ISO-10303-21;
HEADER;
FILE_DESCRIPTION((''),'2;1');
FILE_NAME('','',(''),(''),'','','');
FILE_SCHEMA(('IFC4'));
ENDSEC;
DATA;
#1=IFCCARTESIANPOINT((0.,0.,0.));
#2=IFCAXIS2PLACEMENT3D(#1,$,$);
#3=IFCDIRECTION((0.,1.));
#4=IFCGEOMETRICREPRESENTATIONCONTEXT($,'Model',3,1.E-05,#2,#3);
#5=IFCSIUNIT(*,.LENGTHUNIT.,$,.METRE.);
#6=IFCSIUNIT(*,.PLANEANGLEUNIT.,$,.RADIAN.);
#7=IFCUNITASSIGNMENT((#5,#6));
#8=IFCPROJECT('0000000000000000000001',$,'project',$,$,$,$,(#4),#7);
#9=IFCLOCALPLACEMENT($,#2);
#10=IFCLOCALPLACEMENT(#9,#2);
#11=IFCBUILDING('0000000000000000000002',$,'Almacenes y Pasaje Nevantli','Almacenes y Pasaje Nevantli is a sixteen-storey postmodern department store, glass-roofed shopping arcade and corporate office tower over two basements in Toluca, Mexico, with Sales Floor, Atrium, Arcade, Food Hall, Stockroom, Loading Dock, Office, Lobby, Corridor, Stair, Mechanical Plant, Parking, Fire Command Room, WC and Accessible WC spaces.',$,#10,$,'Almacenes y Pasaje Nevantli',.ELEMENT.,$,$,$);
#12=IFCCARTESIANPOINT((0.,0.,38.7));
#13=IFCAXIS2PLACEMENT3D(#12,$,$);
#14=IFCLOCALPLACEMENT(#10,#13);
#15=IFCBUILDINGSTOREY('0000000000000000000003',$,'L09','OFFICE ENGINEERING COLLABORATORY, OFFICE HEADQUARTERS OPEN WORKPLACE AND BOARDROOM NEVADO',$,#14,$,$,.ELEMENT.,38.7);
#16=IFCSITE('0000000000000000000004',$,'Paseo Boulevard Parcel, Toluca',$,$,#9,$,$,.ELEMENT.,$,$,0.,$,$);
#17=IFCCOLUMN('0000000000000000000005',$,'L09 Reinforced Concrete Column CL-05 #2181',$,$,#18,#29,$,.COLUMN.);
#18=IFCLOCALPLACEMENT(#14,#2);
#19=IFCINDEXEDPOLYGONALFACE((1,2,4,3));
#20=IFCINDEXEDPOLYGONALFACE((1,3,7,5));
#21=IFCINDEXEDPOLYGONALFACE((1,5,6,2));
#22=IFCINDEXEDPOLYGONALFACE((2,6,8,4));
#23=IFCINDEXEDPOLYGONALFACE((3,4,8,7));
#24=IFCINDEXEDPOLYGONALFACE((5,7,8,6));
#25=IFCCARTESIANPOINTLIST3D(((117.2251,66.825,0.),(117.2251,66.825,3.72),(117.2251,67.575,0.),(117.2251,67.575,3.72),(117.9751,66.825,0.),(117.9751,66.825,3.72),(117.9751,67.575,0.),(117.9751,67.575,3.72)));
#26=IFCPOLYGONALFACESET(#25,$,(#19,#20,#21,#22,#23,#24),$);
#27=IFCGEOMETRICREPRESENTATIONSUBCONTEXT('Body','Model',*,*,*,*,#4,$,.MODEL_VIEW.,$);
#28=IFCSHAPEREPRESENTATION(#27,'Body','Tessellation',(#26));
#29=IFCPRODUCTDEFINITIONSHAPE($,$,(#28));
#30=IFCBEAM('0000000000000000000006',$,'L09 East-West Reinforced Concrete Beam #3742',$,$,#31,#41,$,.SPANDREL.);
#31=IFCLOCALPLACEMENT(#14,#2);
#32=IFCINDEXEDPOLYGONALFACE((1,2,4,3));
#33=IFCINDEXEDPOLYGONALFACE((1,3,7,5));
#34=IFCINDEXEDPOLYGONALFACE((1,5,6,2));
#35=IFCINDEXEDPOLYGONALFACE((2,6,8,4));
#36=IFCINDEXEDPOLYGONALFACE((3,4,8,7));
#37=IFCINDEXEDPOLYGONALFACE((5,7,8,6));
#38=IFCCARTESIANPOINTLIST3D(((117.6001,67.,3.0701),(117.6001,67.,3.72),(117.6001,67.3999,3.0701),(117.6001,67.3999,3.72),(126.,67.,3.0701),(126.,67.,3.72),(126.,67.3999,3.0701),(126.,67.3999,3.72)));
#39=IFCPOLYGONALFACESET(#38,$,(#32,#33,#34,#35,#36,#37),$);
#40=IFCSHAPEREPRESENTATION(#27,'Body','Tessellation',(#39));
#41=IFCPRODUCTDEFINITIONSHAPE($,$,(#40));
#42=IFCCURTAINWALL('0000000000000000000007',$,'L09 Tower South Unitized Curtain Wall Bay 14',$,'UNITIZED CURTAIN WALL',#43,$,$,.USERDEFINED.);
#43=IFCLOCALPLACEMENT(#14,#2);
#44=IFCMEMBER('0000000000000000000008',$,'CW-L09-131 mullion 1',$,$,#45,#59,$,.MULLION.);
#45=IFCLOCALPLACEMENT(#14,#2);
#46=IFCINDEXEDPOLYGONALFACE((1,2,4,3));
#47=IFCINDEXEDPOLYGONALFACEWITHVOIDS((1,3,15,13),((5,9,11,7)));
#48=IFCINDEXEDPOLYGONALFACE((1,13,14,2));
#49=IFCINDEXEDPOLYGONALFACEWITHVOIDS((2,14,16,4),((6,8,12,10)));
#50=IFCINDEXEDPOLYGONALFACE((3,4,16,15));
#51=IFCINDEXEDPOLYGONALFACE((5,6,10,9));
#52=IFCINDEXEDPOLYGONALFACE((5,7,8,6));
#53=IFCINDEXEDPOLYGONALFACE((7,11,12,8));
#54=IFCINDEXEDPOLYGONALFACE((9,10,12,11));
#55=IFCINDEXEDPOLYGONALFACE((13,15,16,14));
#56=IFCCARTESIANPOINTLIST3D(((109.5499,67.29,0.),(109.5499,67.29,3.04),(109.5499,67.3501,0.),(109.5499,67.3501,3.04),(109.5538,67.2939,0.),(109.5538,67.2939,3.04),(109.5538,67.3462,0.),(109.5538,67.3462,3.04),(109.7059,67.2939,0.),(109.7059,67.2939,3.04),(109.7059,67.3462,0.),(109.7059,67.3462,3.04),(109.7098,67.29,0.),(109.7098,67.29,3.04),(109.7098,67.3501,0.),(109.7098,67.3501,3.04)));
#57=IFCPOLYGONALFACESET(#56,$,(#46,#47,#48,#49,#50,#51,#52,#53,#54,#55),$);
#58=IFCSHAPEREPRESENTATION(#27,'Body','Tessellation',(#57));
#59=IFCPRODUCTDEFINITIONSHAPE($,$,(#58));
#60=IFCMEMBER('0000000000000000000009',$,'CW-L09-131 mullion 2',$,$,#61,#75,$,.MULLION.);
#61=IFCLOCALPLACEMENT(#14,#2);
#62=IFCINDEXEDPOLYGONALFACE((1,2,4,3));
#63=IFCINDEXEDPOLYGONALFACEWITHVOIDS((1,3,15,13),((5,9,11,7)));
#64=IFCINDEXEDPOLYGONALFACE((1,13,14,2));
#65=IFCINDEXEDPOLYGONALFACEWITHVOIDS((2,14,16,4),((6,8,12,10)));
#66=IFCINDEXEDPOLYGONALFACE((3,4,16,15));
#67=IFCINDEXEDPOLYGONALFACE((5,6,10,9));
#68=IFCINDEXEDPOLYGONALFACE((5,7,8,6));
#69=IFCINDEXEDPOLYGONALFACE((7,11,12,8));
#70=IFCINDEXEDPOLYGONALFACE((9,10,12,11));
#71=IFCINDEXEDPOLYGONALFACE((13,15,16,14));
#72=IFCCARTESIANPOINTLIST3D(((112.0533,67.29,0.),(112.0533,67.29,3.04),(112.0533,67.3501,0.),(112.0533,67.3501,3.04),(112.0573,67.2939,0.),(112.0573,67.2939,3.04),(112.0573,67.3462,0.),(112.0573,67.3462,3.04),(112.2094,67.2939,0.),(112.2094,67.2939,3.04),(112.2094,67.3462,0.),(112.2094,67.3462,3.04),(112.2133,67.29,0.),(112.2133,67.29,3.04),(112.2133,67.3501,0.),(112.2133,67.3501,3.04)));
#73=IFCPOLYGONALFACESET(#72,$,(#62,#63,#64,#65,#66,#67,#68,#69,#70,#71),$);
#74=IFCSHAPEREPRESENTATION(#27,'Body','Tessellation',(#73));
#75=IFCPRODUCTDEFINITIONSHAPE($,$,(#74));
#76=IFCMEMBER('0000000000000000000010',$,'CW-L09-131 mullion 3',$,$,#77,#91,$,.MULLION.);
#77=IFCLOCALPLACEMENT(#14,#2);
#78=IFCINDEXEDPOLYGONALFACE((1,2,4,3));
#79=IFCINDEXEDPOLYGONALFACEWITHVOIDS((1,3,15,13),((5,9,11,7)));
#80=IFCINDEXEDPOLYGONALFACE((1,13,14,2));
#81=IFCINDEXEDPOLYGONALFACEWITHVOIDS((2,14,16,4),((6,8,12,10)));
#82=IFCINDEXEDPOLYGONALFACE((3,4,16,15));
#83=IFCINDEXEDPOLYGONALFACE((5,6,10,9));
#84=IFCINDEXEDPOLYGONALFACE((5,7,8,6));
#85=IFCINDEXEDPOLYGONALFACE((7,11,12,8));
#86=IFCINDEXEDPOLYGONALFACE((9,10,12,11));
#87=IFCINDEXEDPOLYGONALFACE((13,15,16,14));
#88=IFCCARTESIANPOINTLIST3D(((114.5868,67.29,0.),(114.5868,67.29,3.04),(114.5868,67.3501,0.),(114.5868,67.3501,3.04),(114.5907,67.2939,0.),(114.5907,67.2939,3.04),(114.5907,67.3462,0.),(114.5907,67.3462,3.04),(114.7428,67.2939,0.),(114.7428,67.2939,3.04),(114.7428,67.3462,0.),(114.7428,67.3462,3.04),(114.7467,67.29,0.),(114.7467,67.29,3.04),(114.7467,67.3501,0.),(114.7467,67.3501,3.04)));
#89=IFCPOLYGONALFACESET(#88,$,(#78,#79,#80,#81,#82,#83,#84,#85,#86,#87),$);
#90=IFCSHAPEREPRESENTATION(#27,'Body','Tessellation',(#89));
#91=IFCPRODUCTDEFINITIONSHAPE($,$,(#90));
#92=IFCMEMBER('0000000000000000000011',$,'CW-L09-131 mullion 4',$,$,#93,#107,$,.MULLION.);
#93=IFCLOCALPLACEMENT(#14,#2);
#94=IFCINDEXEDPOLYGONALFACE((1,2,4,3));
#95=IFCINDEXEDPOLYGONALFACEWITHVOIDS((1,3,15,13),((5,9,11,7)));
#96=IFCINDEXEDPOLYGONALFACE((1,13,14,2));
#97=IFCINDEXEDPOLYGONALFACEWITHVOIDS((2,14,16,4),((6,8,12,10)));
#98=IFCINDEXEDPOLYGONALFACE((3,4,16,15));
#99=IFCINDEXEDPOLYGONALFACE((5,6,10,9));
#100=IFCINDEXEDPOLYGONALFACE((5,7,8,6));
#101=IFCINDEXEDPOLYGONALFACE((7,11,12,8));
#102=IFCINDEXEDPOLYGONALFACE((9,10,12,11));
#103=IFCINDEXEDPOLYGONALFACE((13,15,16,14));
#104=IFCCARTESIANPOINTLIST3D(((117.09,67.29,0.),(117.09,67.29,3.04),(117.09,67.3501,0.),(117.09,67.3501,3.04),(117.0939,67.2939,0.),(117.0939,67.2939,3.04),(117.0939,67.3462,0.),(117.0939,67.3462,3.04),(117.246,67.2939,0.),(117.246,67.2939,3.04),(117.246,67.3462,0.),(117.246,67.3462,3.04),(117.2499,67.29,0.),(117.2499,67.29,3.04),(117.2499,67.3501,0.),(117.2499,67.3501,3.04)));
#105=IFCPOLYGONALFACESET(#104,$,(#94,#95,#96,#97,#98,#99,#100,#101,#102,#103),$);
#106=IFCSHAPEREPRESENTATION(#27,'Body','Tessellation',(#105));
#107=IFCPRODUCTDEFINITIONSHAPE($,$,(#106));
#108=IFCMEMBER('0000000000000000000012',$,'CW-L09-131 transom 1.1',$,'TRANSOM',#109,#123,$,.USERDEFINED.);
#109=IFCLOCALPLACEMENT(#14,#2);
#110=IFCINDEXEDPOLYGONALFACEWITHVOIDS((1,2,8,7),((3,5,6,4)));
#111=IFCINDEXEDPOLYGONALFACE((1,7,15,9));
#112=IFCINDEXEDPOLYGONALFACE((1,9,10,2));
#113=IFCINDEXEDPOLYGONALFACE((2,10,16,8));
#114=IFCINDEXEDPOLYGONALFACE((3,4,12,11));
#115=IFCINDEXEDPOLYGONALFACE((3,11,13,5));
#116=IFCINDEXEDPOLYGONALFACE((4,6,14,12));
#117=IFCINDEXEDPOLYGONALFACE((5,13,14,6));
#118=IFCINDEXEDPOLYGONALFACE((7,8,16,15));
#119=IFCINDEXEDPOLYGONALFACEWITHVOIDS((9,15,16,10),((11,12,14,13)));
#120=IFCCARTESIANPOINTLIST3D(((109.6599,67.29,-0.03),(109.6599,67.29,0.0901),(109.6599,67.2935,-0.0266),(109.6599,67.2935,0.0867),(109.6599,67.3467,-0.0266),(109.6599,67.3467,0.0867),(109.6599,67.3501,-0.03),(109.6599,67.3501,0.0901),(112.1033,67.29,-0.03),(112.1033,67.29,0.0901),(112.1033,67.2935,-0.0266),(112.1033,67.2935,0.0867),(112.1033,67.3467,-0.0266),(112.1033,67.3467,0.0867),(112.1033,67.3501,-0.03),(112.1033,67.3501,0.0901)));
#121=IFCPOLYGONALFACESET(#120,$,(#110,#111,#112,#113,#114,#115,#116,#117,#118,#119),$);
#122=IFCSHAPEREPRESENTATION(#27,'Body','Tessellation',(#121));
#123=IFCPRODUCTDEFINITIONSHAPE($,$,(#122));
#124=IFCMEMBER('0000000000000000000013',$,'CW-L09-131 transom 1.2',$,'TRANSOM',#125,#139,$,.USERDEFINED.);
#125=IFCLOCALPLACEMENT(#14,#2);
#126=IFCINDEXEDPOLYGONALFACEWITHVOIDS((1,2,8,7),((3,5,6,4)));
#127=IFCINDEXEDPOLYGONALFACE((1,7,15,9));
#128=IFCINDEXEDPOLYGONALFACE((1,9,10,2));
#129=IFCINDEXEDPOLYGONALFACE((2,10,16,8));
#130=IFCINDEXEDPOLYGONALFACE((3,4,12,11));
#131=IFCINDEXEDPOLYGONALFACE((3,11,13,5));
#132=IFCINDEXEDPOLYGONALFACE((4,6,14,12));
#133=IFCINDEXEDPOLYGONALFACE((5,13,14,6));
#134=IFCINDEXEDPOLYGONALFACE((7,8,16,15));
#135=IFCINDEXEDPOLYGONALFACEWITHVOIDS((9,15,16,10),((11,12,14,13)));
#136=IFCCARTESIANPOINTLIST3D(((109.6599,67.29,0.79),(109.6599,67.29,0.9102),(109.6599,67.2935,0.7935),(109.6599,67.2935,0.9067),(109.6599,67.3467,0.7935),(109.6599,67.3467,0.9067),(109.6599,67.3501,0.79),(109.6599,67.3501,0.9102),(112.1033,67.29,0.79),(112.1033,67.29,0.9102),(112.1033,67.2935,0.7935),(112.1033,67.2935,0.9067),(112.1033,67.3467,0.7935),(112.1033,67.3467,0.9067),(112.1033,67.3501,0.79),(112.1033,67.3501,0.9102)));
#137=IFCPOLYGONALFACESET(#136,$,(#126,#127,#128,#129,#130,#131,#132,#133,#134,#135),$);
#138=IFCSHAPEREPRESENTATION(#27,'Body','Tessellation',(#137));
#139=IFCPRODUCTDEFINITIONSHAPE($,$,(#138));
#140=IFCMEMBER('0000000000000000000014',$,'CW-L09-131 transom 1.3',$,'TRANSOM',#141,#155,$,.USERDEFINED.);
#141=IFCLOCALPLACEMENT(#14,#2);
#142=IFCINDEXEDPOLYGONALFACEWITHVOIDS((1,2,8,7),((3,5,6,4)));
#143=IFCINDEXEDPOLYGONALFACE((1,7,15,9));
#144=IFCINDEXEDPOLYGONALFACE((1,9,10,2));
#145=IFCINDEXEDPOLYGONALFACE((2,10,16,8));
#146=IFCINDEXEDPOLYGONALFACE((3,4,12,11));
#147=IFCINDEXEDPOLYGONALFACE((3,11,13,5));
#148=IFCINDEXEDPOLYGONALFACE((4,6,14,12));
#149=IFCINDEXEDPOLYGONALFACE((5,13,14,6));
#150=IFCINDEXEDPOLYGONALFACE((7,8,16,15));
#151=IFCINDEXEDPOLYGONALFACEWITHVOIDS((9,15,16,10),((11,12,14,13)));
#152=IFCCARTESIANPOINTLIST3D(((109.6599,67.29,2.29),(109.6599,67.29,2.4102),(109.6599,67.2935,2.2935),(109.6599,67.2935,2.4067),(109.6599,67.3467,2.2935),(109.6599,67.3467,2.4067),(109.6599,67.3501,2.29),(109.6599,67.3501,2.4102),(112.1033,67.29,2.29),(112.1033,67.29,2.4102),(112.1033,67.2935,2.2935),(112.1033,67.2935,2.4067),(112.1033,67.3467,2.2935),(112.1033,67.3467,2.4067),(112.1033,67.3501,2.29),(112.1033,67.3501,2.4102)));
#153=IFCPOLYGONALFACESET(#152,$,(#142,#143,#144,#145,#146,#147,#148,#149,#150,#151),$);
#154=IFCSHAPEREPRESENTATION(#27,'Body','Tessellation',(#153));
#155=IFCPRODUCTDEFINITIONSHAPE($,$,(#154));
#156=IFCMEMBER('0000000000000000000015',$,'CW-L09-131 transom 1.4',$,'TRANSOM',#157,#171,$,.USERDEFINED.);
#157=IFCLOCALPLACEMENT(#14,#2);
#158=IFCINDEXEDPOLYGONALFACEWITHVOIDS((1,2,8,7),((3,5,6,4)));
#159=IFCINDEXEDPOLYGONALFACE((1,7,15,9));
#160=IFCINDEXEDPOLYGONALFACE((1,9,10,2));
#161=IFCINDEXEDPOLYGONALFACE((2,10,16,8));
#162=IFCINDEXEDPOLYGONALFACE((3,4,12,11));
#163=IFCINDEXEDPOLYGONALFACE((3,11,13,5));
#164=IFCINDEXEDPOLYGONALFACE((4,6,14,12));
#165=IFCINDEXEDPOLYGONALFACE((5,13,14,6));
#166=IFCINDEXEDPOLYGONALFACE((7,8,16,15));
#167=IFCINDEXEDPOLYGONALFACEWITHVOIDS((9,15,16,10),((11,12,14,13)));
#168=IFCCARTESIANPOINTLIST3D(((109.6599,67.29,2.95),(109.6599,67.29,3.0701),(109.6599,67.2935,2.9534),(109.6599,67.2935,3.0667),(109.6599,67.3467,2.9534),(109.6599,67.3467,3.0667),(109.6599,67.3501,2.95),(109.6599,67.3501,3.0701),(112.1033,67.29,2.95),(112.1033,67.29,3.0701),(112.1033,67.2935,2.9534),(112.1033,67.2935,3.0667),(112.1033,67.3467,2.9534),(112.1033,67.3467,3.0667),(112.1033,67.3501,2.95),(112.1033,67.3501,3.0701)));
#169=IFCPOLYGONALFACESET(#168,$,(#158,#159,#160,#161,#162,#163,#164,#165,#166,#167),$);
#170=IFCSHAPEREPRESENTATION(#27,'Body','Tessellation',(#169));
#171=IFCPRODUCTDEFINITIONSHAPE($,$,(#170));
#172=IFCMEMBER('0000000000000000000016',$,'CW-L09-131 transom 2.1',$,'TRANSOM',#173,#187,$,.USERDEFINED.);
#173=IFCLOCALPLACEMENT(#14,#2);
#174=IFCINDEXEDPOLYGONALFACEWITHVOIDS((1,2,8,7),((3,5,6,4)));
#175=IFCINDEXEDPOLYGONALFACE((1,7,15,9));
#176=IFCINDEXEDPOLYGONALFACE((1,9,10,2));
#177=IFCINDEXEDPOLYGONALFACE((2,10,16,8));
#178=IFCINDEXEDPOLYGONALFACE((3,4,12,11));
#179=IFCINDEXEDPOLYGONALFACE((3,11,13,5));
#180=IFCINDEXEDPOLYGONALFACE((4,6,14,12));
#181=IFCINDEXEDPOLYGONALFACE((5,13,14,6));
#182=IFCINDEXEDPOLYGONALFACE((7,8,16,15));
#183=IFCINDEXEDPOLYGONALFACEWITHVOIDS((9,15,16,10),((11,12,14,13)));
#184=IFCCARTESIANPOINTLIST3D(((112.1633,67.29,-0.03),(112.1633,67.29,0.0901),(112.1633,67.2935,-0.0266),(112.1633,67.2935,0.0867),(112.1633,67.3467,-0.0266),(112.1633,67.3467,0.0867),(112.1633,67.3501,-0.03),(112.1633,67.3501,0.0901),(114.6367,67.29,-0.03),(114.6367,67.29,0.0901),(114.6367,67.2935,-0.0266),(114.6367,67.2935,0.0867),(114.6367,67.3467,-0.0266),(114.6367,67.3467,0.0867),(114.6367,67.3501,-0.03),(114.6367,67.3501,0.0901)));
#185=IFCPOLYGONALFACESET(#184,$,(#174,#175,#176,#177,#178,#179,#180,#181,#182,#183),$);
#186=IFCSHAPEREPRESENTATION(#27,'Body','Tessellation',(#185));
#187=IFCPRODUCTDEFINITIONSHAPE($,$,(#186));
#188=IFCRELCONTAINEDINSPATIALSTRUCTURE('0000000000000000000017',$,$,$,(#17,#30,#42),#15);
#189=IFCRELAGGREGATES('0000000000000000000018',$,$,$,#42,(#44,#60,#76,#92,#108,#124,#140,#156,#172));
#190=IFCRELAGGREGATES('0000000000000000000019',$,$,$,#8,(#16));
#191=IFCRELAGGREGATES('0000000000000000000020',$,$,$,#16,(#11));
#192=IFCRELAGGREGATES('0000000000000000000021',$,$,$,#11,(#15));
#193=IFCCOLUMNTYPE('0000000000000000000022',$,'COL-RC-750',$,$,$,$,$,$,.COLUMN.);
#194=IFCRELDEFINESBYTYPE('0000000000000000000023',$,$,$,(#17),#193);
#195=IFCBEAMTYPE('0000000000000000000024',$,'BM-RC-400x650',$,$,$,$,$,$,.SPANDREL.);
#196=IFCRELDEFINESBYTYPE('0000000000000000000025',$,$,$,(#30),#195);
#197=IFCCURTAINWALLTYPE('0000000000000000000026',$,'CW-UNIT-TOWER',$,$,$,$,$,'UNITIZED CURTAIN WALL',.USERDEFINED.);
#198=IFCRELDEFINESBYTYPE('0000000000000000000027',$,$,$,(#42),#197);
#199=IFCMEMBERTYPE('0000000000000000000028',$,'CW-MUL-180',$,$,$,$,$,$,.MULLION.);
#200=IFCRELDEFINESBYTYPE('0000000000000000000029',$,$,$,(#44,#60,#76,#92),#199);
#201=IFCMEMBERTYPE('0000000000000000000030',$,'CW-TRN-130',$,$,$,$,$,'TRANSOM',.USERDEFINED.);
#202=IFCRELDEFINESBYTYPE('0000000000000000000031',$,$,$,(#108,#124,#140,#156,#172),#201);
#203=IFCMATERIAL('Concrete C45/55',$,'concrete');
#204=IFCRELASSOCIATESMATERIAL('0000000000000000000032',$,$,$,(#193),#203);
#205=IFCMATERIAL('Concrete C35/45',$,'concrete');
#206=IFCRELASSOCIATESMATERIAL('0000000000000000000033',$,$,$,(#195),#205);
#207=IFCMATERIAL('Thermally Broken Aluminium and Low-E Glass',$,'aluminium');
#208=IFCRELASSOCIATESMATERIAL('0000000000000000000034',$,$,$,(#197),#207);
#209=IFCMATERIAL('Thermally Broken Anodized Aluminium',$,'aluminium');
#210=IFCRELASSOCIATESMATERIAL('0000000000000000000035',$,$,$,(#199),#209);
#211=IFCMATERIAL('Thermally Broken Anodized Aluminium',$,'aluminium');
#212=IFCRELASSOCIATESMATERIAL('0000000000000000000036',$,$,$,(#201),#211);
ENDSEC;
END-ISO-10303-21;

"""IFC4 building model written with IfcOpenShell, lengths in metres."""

from ifc_helpers import new_model, si_unit, direction, frame, origin, origin_2d, place, context, subcontext, project, spatial, rectangle, hollow_rectangle, extrude, material, material_profile, profile_set, type_object, element, aggregate, save


model = new_model("IFC4")

# Units and contexts
model_context = context("Model", 3, precision=1e-05, world=origin(), true_north=direction((0.0, 1.0)))
body_context = subcontext(model_context, "Body", "Model", "MODEL_VIEW")
ifc_project = project(units=[si_unit("LENGTHUNIT", "METRE"), si_unit("PLANEANGLEUNIT", "RADIAN")], contexts=[model_context])

# Site, building, storey
site_placement = place(None, origin())
site = spatial("IfcSite", under=ifc_project, at=site_placement, Name="Paseo Boulevard Parcel, Toluca", CompositionType="ELEMENT", RefElevation=0.0)
building_placement = place(site_placement, origin())
building = spatial("IfcBuilding", under=site, at=building_placement, Name="Almacenes y Pasaje Nevantli", Description="Almacenes y Pasaje Nevantli is a sixteen-storey postmodern department store, glass-roofed shopping arcade and corporate office tower over two basements in Toluca, Mexico, with Sales Floor, Atrium, Arcade, Food Hall, Stockroom, Loading Dock, Office, Lobby, Corridor, Stair, Mechanical Plant, Parking, Fire Command Room, WC and Accessible WC spaces.", LongName="Almacenes y Pasaje Nevantli", CompositionType="ELEMENT")
storey_placement = place(building_placement, frame((0.0, 0.0, 38.7)))
storey = spatial("IfcBuildingStorey", under=building, at=storey_placement, Name="L09", Description="OFFICE ENGINEERING COLLABORATORY, OFFICE HEADQUARTERS OPEN WORKPLACE AND BOARDROOM NEVADO", CompositionType="ELEMENT", Elevation=38.7)

# Column
ifc_material_1 = material(Name="Concrete C45/55", Category="concrete")
ifc_material_profile_1 = material_profile(ifc_material_1, rectangle(XDim=0.75, YDim=0.75, at=origin_2d()), Name="RC-COL-750x750")
ifc_profile_set_1 = profile_set([ifc_material_profile_1], Name="Concrete C45/55")
column_type = type_object("IfcColumnType", Name="COL-RC-750", PredefinedType="COLUMN", material=ifc_profile_set_1)
column_placement = place(storey_placement, frame((117.6001, 67.2, 0.0), z_axis=(0.0, 0.0, 1.0), x_axis=(1.0, 0.0, 0.0)))
element("IfcColumn", 1, at=column_placement, inside=storey, type_object=column_type, Name="L09 Reinforced Concrete Column CL-05 #2181", PredefinedType="COLUMN", context=body_context, shape_type="SweptSolid", body=[
    extrude(rectangle(XDim=0.75, YDim=0.75, at=origin_2d()), origin(), (0.0, 0.0, 1.0), 3.72),
])

# Beam
ifc_material_2 = material(Name="Concrete C35/45", Category="concrete")
ifc_material_profile_2 = material_profile(ifc_material_2, rectangle(XDim=0.3999, YDim=0.6499, at=origin_2d()), Name="RC-BM-400x650")
ifc_profile_set_2 = profile_set([ifc_material_profile_2], Name="Concrete C35/45")
beam_type = type_object("IfcBeamType", Name="BM-RC-400x650", PredefinedType="SPANDREL", material=ifc_profile_set_2)
beam_placement = place(storey_placement, frame((117.6001, 67.2, 3.395), z_axis=(1.0, 0.0, 0.0), x_axis=(0.0, 1.0, 0.0)))
element("IfcBeam", 2, at=beam_placement, inside=storey, type_object=beam_type, Name="L09 East-West Reinforced Concrete Beam #3742", PredefinedType="SPANDREL", context=body_context, shape_type="SweptSolid", body=[
    extrude(rectangle(XDim=0.3999, YDim=0.6499, at=origin_2d()), origin(), (0.0, 0.0, 1.0), 8.3999),
])

# Curtain wall, members
ifc_material_3 = material(Name="Thermally Broken Aluminium and Low-E Glass", Category="aluminium")
curtain_wall_type = type_object("IfcCurtainWallType", Name="CW-UNIT-TOWER", ElementType="UNITIZED CURTAIN WALL", PredefinedType="USERDEFINED", material=ifc_material_3)
curtain_wall_placement = place(storey_placement, origin())
curtain_wall = element("IfcCurtainWall", 3, at=curtain_wall_placement, inside=storey, type_object=curtain_wall_type, Name="L09 Tower South Unitized Curtain Wall Bay 14", ObjectType="UNITIZED CURTAIN WALL", PredefinedType="USERDEFINED")
ifc_material_4 = material(Name="Thermally Broken Anodized Aluminium", Category="aluminium")
ifc_material_profile_3 = material_profile(ifc_material_4, hollow_rectangle(XDim=0.0601, YDim=0.1599, WallThickness=0.0039, at=origin_2d()), Name="ALU-MUL-60x160")
ifc_profile_set_3 = profile_set([ifc_material_profile_3], Name="Thermally Broken Anodized Aluminium")
member_type_1 = type_object("IfcMemberType", Name="CW-MUL-180", PredefinedType="MULLION", material=ifc_profile_set_3)
member_1_placement = place(storey_placement, frame((109.6299, 67.3201, 0.0), z_axis=(0.0, 0.0, 1.0), x_axis=(0.0, 1.0, 0.0)))
member_1 = element("IfcMember", 4, at=member_1_placement, type_object=member_type_1, Name="CW-L09-131 mullion 1", PredefinedType="MULLION", context=body_context, shape_type="SweptSolid", body=[
    extrude(hollow_rectangle(XDim=0.0601, YDim=0.1599, WallThickness=0.0039, at=origin_2d()), origin(), (0.0, 0.0, 1.0), 3.04),
])
member_2_placement = place(storey_placement, frame((112.1333, 67.3201, 0.0), z_axis=(0.0, 0.0, 1.0), x_axis=(0.0, 1.0, 0.0)))
member_2 = element("IfcMember", 5, at=member_2_placement, type_object=member_type_1, Name="CW-L09-131 mullion 2", PredefinedType="MULLION", context=body_context, shape_type="SweptSolid", body=[
    extrude(hollow_rectangle(XDim=0.0601, YDim=0.1599, WallThickness=0.0039, at=origin_2d()), origin(), (0.0, 0.0, 1.0), 3.04),
])
member_3_placement = place(storey_placement, frame((114.6667, 67.3201, 0.0), z_axis=(0.0, 0.0, 1.0), x_axis=(0.0, 1.0, 0.0)))
member_3 = element("IfcMember", 6, at=member_3_placement, type_object=member_type_1, Name="CW-L09-131 mullion 3", PredefinedType="MULLION", context=body_context, shape_type="SweptSolid", body=[
    extrude(hollow_rectangle(XDim=0.0601, YDim=0.1599, WallThickness=0.0039, at=origin_2d()), origin(), (0.0, 0.0, 1.0), 3.04),
])
member_4_placement = place(storey_placement, frame((117.1699, 67.3201, 0.0), z_axis=(0.0, 0.0, 1.0), x_axis=(0.0, 1.0, 0.0)))
member_4 = element("IfcMember", 7, at=member_4_placement, type_object=member_type_1, Name="CW-L09-131 mullion 4", PredefinedType="MULLION", context=body_context, shape_type="SweptSolid", body=[
    extrude(hollow_rectangle(XDim=0.0601, YDim=0.1599, WallThickness=0.0039, at=origin_2d()), origin(), (0.0, 0.0, 1.0), 3.04),
])
ifc_material_5 = material(Name="Thermally Broken Anodized Aluminium", Category="aluminium")
ifc_material_profile_4 = material_profile(ifc_material_5, hollow_rectangle(XDim=0.0601, YDim=0.1201, WallThickness=0.0034, at=origin_2d()), Name="ALU-TRN-60x120")
ifc_profile_set_4 = profile_set([ifc_material_profile_4], Name="Thermally Broken Anodized Aluminium")
member_type_2 = type_object("IfcMemberType", Name="CW-TRN-130", ElementType="TRANSOM", PredefinedType="USERDEFINED", material=ifc_profile_set_4)
member_5_placement = place(storey_placement, frame((109.6599, 67.3201, 0.03), z_axis=(1.0, 0.0, 0.0), x_axis=(0.0, 1.0, 0.0)))
member_5 = element("IfcMember", 8, at=member_5_placement, type_object=member_type_2, Name="CW-L09-131 transom 1.1", ObjectType="TRANSOM", PredefinedType="USERDEFINED", context=body_context, shape_type="SweptSolid", body=[
    extrude(hollow_rectangle(XDim=0.0601, YDim=0.1201, WallThickness=0.0034, at=origin_2d()), origin(), (0.0, 0.0, 1.0), 2.4434),
])
member_6_placement = place(storey_placement, frame((109.6599, 67.3201, 0.8501), z_axis=(1.0, 0.0, 0.0), x_axis=(0.0, 1.0, 0.0)))
member_6 = element("IfcMember", 9, at=member_6_placement, type_object=member_type_2, Name="CW-L09-131 transom 1.2", ObjectType="TRANSOM", PredefinedType="USERDEFINED", context=body_context, shape_type="SweptSolid", body=[
    extrude(hollow_rectangle(XDim=0.0601, YDim=0.1201, WallThickness=0.0034, at=origin_2d()), origin(), (0.0, 0.0, 1.0), 2.4434),
])
member_7_placement = place(storey_placement, frame((109.6599, 67.3201, 2.3501), z_axis=(1.0, 0.0, 0.0), x_axis=(0.0, 1.0, 0.0)))
member_7 = element("IfcMember", 10, at=member_7_placement, type_object=member_type_2, Name="CW-L09-131 transom 1.3", ObjectType="TRANSOM", PredefinedType="USERDEFINED", context=body_context, shape_type="SweptSolid", body=[
    extrude(hollow_rectangle(XDim=0.0601, YDim=0.1201, WallThickness=0.0034, at=origin_2d()), origin(), (0.0, 0.0, 1.0), 2.4434),
])
member_8_placement = place(storey_placement, frame((109.6599, 67.3201, 3.01), z_axis=(1.0, 0.0, 0.0), x_axis=(0.0, 1.0, 0.0)))
member_8 = element("IfcMember", 11, at=member_8_placement, type_object=member_type_2, Name="CW-L09-131 transom 1.4", ObjectType="TRANSOM", PredefinedType="USERDEFINED", context=body_context, shape_type="SweptSolid", body=[
    extrude(hollow_rectangle(XDim=0.0601, YDim=0.1201, WallThickness=0.0034, at=origin_2d()), origin(), (0.0, 0.0, 1.0), 2.4434),
])
member_9_placement = place(storey_placement, frame((112.1633, 67.3201, 0.03), z_axis=(1.0, 0.0, 0.0), x_axis=(0.0, 1.0, 0.0)))
member_9 = element("IfcMember", 12, at=member_9_placement, type_object=member_type_2, Name="CW-L09-131 transom 2.1", ObjectType="TRANSOM", PredefinedType="USERDEFINED", context=body_context, shape_type="SweptSolid", body=[
    extrude(hollow_rectangle(XDim=0.0601, YDim=0.1201, WallThickness=0.0034, at=origin_2d()), origin(), (0.0, 0.0, 1.0), 2.4734),
])
aggregate(curtain_wall, [member_1, member_2, member_3, member_4, member_5, member_6, member_7, member_8, member_9])

save(model, "model.ifc")
